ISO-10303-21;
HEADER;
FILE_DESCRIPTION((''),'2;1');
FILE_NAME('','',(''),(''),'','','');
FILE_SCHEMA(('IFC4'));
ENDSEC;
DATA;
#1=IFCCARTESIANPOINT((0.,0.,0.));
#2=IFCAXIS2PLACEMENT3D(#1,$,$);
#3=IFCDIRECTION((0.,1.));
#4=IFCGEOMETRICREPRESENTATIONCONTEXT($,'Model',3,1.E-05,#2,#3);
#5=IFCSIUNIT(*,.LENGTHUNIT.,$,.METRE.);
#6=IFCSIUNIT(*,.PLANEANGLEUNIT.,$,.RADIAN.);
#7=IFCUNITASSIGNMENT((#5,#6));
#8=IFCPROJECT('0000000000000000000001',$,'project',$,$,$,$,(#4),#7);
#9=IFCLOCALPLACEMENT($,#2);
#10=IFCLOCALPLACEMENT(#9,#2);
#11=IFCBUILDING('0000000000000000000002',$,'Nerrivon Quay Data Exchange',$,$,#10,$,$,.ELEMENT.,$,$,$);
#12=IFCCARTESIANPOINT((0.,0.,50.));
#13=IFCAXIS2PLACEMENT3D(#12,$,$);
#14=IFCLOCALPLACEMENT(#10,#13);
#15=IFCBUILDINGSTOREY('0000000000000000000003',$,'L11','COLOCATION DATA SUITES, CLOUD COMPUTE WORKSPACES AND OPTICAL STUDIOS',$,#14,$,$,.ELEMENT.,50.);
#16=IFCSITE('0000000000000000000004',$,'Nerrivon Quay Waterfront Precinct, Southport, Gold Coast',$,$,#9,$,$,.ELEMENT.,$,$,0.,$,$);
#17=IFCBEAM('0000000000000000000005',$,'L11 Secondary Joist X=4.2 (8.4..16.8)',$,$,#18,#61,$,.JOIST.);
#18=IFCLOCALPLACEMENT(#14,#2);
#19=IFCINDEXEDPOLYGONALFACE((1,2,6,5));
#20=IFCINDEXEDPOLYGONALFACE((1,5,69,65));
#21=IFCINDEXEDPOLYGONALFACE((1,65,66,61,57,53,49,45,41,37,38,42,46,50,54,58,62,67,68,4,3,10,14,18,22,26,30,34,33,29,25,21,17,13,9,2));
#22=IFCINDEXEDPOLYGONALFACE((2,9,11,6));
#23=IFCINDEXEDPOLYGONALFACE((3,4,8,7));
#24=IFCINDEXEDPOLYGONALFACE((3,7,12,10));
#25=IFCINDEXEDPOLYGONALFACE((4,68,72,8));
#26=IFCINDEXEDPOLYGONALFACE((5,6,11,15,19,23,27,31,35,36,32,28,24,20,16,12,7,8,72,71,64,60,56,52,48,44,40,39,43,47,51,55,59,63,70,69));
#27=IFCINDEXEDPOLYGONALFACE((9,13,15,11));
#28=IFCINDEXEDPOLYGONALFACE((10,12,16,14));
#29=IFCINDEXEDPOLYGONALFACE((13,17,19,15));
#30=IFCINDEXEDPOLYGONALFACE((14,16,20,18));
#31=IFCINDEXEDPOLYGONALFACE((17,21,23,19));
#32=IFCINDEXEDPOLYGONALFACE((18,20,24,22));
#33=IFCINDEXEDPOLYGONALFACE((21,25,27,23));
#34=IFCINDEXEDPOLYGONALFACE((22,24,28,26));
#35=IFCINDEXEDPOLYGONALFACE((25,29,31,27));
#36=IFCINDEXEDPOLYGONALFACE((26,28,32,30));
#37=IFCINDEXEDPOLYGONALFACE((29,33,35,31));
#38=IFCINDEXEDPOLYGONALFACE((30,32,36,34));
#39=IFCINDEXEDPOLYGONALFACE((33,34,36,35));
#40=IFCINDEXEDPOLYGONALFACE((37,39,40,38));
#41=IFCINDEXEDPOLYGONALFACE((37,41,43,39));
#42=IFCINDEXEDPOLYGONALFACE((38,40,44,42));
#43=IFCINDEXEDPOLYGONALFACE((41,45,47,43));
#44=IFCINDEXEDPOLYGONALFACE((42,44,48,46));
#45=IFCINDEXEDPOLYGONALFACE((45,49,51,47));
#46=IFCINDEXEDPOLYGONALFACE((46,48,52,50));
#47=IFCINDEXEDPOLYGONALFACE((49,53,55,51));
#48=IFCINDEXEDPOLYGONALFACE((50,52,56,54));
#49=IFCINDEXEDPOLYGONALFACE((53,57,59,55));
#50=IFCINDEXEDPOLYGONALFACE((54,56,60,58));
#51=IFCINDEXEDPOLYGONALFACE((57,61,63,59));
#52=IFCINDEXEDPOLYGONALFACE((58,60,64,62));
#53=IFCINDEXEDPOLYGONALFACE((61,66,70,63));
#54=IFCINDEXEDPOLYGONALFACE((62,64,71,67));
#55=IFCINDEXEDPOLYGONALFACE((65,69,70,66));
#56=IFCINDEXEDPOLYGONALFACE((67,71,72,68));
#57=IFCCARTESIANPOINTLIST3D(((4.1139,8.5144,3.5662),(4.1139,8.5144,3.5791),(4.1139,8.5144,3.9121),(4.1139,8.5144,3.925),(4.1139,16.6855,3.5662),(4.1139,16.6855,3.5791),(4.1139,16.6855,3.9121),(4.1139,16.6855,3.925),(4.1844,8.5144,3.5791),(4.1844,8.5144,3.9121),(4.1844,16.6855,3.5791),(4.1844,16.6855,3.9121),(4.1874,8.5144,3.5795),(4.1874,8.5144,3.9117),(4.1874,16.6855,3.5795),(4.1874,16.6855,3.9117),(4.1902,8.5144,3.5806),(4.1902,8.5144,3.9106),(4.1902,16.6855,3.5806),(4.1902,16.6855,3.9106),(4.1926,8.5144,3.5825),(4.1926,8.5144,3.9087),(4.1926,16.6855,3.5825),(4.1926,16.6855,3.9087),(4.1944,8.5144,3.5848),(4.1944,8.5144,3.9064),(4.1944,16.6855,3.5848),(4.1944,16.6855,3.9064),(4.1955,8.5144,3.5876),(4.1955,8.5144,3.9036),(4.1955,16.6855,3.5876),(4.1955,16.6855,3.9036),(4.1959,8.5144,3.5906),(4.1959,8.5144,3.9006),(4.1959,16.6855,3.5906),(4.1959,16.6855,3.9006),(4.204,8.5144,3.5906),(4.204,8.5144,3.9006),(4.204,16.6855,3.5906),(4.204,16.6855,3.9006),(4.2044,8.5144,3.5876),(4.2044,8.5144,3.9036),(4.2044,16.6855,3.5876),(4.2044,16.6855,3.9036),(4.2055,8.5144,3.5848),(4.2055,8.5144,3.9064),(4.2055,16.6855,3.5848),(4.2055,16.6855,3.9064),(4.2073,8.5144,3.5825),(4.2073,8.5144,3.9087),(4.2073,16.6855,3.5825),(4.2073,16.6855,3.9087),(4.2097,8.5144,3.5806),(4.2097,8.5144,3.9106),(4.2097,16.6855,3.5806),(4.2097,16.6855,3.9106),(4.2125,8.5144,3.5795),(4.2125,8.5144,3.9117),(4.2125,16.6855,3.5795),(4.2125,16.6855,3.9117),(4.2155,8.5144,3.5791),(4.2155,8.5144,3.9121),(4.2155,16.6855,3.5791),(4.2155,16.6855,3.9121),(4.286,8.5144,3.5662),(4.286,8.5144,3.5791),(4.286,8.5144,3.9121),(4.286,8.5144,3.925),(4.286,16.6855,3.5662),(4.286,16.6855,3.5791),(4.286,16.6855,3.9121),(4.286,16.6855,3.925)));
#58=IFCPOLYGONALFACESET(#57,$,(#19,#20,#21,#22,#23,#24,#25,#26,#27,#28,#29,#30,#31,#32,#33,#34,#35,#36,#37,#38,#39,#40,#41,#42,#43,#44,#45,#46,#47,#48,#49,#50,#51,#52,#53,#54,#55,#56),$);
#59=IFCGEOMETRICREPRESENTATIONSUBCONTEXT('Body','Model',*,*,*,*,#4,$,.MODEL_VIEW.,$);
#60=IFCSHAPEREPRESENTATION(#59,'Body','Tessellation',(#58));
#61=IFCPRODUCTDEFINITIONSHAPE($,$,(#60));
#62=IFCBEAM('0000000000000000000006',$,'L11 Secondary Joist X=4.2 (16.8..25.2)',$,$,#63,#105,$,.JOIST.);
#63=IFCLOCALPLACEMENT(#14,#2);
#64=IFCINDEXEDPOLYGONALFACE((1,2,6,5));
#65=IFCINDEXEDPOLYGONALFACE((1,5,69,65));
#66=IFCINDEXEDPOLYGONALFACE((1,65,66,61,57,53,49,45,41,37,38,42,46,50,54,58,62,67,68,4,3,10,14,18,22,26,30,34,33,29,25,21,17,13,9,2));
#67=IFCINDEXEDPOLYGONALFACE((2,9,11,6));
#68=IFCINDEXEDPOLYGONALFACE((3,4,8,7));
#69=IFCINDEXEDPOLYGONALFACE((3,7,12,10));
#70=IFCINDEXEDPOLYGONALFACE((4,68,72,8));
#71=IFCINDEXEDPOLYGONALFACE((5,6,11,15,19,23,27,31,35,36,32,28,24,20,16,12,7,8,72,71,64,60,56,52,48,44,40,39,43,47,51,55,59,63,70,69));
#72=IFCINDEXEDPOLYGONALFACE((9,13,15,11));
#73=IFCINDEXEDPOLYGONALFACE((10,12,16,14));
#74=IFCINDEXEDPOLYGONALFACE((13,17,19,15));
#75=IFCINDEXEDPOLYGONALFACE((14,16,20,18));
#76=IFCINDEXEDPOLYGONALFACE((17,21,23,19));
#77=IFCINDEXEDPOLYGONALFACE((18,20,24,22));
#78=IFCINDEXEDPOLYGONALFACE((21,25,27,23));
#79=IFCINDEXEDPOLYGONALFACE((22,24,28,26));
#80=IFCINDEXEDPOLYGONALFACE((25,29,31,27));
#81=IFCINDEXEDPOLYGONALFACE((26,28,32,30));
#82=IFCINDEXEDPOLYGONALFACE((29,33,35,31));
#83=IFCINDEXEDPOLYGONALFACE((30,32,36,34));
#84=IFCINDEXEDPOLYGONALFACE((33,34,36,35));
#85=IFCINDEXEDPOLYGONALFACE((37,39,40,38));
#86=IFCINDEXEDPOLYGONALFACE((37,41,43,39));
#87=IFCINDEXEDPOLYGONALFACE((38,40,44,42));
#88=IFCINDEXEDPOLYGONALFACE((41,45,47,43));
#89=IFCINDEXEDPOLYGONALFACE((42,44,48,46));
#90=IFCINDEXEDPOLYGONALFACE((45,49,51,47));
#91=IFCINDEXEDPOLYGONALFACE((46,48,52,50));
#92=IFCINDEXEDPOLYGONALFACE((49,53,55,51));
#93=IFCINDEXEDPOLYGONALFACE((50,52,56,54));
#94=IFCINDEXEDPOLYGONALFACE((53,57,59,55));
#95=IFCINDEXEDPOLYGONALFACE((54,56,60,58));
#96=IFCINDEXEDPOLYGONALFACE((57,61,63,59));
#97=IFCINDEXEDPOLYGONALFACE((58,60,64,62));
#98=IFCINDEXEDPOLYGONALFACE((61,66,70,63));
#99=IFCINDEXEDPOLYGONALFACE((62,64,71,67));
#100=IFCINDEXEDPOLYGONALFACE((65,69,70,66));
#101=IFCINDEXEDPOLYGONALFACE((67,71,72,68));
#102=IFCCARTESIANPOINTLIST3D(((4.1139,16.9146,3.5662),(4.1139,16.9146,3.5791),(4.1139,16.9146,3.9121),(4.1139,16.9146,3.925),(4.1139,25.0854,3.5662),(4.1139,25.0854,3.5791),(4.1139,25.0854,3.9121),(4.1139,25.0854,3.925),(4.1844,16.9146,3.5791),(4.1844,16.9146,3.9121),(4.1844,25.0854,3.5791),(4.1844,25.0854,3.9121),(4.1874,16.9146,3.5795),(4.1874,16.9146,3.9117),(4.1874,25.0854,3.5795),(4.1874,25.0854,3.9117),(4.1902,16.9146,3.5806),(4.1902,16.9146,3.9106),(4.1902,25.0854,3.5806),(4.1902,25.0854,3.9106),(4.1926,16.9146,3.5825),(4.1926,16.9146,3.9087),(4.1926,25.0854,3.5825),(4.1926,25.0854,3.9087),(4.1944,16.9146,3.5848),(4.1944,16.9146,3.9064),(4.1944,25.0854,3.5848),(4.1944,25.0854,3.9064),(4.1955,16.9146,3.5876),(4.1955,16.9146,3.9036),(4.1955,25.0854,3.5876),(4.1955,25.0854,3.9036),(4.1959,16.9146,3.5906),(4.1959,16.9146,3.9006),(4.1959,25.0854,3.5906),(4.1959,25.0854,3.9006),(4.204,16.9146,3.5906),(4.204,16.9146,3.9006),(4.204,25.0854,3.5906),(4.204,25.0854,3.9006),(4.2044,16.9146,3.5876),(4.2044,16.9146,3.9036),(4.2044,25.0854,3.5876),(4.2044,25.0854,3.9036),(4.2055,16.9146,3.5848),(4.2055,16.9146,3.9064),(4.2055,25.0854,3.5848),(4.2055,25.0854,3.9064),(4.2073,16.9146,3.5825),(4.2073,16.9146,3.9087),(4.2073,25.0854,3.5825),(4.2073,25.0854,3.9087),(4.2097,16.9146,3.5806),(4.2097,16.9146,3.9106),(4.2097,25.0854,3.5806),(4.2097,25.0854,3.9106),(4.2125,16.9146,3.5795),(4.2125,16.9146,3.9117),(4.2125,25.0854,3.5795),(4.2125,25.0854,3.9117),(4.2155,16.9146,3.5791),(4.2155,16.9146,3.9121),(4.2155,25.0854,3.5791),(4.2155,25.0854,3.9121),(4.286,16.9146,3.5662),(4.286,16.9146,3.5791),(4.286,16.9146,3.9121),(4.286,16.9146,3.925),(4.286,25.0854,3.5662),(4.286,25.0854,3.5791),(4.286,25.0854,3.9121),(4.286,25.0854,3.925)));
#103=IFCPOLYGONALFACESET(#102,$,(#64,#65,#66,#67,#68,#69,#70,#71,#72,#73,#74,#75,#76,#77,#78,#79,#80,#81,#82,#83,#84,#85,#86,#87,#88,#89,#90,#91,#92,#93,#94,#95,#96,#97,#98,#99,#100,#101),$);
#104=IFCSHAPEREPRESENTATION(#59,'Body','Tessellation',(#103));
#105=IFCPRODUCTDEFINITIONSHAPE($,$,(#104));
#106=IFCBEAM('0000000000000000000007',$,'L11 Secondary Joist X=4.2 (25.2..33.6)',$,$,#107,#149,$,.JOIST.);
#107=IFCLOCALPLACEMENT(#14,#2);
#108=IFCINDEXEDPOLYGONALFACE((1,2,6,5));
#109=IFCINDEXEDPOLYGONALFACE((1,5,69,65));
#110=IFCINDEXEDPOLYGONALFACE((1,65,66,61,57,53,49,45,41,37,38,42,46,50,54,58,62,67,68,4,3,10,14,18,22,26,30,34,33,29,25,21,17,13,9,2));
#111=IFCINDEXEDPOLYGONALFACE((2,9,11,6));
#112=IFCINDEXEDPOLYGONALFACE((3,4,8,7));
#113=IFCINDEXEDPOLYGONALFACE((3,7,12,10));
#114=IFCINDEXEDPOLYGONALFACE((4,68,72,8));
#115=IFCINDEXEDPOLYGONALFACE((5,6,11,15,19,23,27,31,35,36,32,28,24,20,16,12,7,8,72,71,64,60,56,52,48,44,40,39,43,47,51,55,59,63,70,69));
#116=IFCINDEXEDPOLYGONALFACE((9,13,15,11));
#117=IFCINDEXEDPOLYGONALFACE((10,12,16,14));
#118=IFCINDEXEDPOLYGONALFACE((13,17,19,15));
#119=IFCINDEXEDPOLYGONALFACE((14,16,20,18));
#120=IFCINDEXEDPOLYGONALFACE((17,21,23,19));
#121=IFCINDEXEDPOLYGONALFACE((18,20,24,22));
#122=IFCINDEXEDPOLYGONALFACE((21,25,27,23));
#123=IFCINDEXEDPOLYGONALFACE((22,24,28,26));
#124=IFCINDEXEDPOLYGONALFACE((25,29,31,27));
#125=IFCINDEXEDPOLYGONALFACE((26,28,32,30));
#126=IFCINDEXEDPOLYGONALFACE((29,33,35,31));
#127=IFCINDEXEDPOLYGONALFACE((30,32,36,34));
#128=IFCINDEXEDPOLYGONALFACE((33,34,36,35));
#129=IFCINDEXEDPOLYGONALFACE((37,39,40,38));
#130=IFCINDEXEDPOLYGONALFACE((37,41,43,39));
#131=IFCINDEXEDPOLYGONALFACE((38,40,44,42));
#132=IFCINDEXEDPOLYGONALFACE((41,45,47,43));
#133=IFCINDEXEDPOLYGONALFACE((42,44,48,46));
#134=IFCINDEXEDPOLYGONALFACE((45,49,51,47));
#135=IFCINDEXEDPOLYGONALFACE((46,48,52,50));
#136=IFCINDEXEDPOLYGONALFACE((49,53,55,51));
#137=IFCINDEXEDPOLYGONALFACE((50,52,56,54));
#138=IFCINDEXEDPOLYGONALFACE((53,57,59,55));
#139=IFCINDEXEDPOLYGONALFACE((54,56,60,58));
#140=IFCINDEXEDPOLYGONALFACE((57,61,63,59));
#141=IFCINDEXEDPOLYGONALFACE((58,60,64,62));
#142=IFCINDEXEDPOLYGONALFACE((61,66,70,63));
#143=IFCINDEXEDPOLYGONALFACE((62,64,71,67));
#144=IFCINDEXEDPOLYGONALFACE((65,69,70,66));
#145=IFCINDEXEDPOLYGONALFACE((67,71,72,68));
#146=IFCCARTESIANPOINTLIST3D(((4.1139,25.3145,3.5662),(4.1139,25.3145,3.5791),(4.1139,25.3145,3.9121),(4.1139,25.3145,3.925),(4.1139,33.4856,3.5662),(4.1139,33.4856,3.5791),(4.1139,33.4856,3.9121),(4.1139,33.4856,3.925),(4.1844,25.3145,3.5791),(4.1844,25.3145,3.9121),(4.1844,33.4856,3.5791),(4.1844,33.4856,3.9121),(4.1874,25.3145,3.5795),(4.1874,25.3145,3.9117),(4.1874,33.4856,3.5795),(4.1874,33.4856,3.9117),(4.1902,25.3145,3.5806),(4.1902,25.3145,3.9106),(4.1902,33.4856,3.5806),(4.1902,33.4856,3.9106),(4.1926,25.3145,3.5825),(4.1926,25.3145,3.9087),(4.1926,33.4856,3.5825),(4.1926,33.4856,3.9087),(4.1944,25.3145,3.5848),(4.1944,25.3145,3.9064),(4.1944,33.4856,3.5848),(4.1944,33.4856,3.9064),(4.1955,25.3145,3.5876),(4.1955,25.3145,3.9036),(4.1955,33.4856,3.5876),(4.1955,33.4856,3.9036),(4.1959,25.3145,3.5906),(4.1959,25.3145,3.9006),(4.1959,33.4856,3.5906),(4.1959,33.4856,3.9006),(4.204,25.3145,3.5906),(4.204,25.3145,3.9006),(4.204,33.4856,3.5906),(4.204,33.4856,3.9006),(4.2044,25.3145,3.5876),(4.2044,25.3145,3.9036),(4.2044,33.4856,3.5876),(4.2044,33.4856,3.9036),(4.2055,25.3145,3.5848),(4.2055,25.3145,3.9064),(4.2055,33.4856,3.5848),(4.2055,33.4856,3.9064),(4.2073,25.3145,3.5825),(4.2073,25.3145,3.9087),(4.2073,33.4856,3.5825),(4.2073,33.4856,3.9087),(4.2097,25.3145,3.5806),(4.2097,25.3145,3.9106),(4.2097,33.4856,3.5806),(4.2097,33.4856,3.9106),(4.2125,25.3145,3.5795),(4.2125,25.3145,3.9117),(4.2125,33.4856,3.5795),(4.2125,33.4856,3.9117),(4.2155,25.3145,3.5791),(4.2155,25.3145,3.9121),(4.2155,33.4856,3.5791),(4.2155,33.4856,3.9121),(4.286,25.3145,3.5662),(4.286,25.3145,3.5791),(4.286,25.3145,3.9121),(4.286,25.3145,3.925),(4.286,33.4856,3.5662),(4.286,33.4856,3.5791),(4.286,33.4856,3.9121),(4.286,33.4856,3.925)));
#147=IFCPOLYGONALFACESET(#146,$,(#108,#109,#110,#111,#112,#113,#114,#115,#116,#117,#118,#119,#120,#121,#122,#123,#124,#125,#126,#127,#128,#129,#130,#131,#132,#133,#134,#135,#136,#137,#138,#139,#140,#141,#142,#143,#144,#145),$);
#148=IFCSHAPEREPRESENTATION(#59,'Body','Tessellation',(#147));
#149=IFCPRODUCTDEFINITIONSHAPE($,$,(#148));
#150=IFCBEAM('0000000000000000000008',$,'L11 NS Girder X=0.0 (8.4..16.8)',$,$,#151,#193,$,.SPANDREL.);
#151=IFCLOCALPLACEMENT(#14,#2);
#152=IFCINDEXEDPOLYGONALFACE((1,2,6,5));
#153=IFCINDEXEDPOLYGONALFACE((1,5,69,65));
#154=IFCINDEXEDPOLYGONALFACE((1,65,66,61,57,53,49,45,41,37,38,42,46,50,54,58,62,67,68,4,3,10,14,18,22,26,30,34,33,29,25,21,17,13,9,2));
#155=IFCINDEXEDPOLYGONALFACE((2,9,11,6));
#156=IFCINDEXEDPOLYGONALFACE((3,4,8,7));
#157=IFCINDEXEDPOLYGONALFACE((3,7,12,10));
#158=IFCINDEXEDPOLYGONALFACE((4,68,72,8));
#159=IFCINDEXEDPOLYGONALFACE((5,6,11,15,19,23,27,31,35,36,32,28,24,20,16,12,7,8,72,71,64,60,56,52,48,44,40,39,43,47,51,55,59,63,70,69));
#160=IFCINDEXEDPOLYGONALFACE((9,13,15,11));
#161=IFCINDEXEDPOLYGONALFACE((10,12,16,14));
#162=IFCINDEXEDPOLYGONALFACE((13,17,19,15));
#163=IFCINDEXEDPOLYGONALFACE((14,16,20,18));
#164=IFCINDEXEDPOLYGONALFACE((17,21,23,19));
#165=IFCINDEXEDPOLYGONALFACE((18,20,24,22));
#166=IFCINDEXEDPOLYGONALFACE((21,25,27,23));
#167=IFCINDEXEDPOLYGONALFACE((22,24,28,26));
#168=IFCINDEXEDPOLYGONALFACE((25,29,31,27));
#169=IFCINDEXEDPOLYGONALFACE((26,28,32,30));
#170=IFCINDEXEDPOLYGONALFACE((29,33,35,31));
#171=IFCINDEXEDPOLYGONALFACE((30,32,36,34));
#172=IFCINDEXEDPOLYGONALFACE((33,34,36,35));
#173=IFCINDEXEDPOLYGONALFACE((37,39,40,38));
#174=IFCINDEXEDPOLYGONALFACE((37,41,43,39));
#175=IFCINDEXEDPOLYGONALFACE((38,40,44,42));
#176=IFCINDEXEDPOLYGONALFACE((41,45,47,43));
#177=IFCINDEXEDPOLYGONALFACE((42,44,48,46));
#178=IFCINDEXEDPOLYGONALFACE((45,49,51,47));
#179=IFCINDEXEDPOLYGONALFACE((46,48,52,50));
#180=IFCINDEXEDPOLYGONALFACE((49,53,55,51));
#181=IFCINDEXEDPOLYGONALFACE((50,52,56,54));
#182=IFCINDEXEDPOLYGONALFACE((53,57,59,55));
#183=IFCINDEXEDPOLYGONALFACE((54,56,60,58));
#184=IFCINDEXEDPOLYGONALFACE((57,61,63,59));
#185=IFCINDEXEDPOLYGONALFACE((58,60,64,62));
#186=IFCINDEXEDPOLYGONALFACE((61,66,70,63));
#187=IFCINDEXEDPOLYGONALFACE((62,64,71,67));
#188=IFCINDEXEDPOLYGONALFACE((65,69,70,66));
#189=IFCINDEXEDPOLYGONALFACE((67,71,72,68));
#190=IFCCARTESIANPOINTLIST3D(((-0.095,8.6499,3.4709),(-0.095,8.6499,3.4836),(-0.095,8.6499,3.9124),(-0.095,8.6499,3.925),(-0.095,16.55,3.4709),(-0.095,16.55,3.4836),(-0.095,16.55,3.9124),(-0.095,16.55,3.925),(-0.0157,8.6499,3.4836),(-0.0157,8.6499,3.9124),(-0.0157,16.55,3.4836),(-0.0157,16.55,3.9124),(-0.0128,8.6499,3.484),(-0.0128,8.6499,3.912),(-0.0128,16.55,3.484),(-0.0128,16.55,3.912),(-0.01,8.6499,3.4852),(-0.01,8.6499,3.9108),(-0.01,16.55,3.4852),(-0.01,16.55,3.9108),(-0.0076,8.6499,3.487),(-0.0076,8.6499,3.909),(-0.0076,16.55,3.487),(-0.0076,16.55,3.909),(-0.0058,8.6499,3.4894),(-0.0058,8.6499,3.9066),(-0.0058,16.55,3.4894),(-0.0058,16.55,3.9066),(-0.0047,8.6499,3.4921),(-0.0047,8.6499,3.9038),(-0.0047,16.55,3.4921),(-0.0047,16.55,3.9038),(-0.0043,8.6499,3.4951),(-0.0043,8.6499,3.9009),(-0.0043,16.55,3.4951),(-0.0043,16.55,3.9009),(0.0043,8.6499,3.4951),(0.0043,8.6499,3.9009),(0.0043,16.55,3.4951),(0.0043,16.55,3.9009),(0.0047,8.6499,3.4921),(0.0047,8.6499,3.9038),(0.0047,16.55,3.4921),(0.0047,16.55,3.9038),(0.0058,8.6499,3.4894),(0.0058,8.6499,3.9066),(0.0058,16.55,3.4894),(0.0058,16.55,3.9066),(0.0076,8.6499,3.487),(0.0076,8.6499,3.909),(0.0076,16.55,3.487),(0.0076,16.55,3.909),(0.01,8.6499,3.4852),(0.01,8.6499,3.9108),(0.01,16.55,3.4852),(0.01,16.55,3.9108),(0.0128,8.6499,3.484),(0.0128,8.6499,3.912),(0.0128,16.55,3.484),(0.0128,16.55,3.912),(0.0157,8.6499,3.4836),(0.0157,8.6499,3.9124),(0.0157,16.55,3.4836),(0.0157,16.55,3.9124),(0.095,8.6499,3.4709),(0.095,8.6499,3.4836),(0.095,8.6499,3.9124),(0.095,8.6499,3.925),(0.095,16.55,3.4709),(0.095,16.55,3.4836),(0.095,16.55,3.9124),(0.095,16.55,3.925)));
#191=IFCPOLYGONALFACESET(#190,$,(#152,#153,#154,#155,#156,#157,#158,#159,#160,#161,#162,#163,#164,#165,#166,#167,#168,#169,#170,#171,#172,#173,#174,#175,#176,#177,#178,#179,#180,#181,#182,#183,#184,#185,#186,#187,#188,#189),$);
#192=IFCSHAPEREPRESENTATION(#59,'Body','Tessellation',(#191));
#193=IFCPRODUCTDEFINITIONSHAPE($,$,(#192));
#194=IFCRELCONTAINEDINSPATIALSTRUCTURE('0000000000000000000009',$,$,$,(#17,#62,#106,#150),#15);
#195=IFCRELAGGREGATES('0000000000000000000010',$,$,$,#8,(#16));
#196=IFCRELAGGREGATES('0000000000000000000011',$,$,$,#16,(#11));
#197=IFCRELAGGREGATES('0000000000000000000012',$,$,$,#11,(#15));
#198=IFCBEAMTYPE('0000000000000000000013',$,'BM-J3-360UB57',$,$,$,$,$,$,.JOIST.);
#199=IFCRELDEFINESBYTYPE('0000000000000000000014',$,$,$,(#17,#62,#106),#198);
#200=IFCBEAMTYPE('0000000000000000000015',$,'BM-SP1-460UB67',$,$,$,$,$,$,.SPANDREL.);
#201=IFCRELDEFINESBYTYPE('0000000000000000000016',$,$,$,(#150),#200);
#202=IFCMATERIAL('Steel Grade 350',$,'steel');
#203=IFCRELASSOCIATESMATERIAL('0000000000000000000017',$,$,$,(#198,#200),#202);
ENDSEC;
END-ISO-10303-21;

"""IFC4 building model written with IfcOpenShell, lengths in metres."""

from ifc_helpers import new_model, si_unit, direction, frame, origin, origin_2d, place, context, subcontext, project, spatial, i_section, extrude, material, material_profile, profile_set, type_object, element, save


model = new_model("IFC4")

# Units and contexts
model_context = context("Model", 3, precision=1e-05, world=origin(), true_north=direction((0.0, 1.0)))
body_context = subcontext(model_context, "Body", "Model", "MODEL_VIEW")
ifc_project = project(units=[si_unit("LENGTHUNIT", "METRE"), si_unit("PLANEANGLEUNIT", "RADIAN")], contexts=[model_context])

# Site, building, storey
site_placement = place(None, origin())
site = spatial("IfcSite", under=ifc_project, at=site_placement, Name="Nerrivon Quay Waterfront Precinct, Southport, Gold Coast", CompositionType="ELEMENT", RefElevation=0.0)
building_placement = place(site_placement, origin())
building = spatial("IfcBuilding", under=site, at=building_placement, Name="Nerrivon Quay Data Exchange", CompositionType="ELEMENT")
storey_placement = place(building_placement, frame((0.0, 0.0, 50.0)))
storey = spatial("IfcBuildingStorey", under=building, at=storey_placement, Name="L11", Description="COLOCATION DATA SUITES, CLOUD COMPUTE WORKSPACES AND OPTICAL STUDIOS", CompositionType="ELEMENT", Elevation=50.0)

# Shared definitions
ifc_material_1 = material(Name="Steel Grade 350", Category="steel")

# Beams
ifc_material_profile_1 = material_profile(ifc_material_1, i_section(OverallWidth=0.1721, OverallDepth=0.3589, WebThickness=0.0081, FlangeThickness=0.0129, FilletRadius=0.0115, at=origin_2d()), Name="360UB56.7")
ifc_profile_set_1 = profile_set([ifc_material_profile_1], Name="Steel Grade 350")
beam_type_1 = type_object("IfcBeamType", Name="BM-J3-360UB57", PredefinedType="JOIST", material=ifc_profile_set_1)
beam_1_placement = place(storey_placement, frame((4.2, 8.5144, 3.7456), z_axis=(0.0, 1.0, 0.0), x_axis=(-1.0, 0.0, 0.0)))
element("IfcBeam", 1, at=beam_1_placement, inside=storey, type_object=beam_type_1, Name="L11 Secondary Joist X=4.2 (8.4..16.8)", PredefinedType="JOIST", context=body_context, shape_type="SweptSolid", body=[
    extrude(i_section(OverallWidth=0.1721, OverallDepth=0.3589, WebThickness=0.0081, FlangeThickness=0.0129, FilletRadius=0.0115, at=origin_2d()), origin(), (0.0, 0.0, 1.0), 8.1711),
])
beam_2_placement = place(storey_placement, frame((4.2, 16.9146, 3.7456), z_axis=(0.0, 1.0, 0.0), x_axis=(-1.0, 0.0, 0.0)))
element("IfcBeam", 2, at=beam_2_placement, inside=storey, type_object=beam_type_1, Name="L11 Secondary Joist X=4.2 (16.8..25.2)", PredefinedType="JOIST", context=body_context, shape_type="SweptSolid", body=[
    extrude(i_section(OverallWidth=0.1721, OverallDepth=0.3589, WebThickness=0.0081, FlangeThickness=0.0129, FilletRadius=0.0115, at=origin_2d()), origin(), (0.0, 0.0, 1.0), 8.1709),
])
beam_3_placement = place(storey_placement, frame((4.2, 25.3145, 3.7456), z_axis=(0.0, 1.0, 0.0), x_axis=(-1.0, 0.0, 0.0)))
element("IfcBeam", 3, at=beam_3_placement, inside=storey, type_object=beam_type_1, Name="L11 Secondary Joist X=4.2 (25.2..33.6)", PredefinedType="JOIST", context=body_context, shape_type="SweptSolid", body=[
    extrude(i_section(OverallWidth=0.1721, OverallDepth=0.3589, WebThickness=0.0081, FlangeThickness=0.0129, FilletRadius=0.0115, at=origin_2d()), origin(), (0.0, 0.0, 1.0), 8.1711),
])
ifc_material_profile_2 = material_profile(ifc_material_1, i_section(OverallWidth=0.1899, OverallDepth=0.4541, WebThickness=0.0085, FlangeThickness=0.0127, FilletRadius=0.0115, at=origin_2d()), Name="460UB67.1")
ifc_profile_set_2 = profile_set([ifc_material_profile_2], Name="Steel Grade 350")
beam_type_2 = type_object("IfcBeamType", Name="BM-SP1-460UB67", PredefinedType="SPANDREL", material=ifc_profile_set_2)
beam_4_placement = place(storey_placement, frame((0.0, 8.6499, 3.698), z_axis=(0.0, 1.0, 0.0), x_axis=(-1.0, 0.0, 0.0)))
element("IfcBeam", 4, at=beam_4_placement, inside=storey, type_object=beam_type_2, Name="L11 NS Girder X=0.0 (8.4..16.8)", PredefinedType="SPANDREL", context=body_context, shape_type="SweptSolid", body=[
    extrude(i_section(OverallWidth=0.1899, OverallDepth=0.4541, WebThickness=0.0085, FlangeThickness=0.0127, FilletRadius=0.0115, at=origin_2d()), origin(), (0.0, 0.0, 1.0), 7.9001),
])

save(model, "model.ifc")
